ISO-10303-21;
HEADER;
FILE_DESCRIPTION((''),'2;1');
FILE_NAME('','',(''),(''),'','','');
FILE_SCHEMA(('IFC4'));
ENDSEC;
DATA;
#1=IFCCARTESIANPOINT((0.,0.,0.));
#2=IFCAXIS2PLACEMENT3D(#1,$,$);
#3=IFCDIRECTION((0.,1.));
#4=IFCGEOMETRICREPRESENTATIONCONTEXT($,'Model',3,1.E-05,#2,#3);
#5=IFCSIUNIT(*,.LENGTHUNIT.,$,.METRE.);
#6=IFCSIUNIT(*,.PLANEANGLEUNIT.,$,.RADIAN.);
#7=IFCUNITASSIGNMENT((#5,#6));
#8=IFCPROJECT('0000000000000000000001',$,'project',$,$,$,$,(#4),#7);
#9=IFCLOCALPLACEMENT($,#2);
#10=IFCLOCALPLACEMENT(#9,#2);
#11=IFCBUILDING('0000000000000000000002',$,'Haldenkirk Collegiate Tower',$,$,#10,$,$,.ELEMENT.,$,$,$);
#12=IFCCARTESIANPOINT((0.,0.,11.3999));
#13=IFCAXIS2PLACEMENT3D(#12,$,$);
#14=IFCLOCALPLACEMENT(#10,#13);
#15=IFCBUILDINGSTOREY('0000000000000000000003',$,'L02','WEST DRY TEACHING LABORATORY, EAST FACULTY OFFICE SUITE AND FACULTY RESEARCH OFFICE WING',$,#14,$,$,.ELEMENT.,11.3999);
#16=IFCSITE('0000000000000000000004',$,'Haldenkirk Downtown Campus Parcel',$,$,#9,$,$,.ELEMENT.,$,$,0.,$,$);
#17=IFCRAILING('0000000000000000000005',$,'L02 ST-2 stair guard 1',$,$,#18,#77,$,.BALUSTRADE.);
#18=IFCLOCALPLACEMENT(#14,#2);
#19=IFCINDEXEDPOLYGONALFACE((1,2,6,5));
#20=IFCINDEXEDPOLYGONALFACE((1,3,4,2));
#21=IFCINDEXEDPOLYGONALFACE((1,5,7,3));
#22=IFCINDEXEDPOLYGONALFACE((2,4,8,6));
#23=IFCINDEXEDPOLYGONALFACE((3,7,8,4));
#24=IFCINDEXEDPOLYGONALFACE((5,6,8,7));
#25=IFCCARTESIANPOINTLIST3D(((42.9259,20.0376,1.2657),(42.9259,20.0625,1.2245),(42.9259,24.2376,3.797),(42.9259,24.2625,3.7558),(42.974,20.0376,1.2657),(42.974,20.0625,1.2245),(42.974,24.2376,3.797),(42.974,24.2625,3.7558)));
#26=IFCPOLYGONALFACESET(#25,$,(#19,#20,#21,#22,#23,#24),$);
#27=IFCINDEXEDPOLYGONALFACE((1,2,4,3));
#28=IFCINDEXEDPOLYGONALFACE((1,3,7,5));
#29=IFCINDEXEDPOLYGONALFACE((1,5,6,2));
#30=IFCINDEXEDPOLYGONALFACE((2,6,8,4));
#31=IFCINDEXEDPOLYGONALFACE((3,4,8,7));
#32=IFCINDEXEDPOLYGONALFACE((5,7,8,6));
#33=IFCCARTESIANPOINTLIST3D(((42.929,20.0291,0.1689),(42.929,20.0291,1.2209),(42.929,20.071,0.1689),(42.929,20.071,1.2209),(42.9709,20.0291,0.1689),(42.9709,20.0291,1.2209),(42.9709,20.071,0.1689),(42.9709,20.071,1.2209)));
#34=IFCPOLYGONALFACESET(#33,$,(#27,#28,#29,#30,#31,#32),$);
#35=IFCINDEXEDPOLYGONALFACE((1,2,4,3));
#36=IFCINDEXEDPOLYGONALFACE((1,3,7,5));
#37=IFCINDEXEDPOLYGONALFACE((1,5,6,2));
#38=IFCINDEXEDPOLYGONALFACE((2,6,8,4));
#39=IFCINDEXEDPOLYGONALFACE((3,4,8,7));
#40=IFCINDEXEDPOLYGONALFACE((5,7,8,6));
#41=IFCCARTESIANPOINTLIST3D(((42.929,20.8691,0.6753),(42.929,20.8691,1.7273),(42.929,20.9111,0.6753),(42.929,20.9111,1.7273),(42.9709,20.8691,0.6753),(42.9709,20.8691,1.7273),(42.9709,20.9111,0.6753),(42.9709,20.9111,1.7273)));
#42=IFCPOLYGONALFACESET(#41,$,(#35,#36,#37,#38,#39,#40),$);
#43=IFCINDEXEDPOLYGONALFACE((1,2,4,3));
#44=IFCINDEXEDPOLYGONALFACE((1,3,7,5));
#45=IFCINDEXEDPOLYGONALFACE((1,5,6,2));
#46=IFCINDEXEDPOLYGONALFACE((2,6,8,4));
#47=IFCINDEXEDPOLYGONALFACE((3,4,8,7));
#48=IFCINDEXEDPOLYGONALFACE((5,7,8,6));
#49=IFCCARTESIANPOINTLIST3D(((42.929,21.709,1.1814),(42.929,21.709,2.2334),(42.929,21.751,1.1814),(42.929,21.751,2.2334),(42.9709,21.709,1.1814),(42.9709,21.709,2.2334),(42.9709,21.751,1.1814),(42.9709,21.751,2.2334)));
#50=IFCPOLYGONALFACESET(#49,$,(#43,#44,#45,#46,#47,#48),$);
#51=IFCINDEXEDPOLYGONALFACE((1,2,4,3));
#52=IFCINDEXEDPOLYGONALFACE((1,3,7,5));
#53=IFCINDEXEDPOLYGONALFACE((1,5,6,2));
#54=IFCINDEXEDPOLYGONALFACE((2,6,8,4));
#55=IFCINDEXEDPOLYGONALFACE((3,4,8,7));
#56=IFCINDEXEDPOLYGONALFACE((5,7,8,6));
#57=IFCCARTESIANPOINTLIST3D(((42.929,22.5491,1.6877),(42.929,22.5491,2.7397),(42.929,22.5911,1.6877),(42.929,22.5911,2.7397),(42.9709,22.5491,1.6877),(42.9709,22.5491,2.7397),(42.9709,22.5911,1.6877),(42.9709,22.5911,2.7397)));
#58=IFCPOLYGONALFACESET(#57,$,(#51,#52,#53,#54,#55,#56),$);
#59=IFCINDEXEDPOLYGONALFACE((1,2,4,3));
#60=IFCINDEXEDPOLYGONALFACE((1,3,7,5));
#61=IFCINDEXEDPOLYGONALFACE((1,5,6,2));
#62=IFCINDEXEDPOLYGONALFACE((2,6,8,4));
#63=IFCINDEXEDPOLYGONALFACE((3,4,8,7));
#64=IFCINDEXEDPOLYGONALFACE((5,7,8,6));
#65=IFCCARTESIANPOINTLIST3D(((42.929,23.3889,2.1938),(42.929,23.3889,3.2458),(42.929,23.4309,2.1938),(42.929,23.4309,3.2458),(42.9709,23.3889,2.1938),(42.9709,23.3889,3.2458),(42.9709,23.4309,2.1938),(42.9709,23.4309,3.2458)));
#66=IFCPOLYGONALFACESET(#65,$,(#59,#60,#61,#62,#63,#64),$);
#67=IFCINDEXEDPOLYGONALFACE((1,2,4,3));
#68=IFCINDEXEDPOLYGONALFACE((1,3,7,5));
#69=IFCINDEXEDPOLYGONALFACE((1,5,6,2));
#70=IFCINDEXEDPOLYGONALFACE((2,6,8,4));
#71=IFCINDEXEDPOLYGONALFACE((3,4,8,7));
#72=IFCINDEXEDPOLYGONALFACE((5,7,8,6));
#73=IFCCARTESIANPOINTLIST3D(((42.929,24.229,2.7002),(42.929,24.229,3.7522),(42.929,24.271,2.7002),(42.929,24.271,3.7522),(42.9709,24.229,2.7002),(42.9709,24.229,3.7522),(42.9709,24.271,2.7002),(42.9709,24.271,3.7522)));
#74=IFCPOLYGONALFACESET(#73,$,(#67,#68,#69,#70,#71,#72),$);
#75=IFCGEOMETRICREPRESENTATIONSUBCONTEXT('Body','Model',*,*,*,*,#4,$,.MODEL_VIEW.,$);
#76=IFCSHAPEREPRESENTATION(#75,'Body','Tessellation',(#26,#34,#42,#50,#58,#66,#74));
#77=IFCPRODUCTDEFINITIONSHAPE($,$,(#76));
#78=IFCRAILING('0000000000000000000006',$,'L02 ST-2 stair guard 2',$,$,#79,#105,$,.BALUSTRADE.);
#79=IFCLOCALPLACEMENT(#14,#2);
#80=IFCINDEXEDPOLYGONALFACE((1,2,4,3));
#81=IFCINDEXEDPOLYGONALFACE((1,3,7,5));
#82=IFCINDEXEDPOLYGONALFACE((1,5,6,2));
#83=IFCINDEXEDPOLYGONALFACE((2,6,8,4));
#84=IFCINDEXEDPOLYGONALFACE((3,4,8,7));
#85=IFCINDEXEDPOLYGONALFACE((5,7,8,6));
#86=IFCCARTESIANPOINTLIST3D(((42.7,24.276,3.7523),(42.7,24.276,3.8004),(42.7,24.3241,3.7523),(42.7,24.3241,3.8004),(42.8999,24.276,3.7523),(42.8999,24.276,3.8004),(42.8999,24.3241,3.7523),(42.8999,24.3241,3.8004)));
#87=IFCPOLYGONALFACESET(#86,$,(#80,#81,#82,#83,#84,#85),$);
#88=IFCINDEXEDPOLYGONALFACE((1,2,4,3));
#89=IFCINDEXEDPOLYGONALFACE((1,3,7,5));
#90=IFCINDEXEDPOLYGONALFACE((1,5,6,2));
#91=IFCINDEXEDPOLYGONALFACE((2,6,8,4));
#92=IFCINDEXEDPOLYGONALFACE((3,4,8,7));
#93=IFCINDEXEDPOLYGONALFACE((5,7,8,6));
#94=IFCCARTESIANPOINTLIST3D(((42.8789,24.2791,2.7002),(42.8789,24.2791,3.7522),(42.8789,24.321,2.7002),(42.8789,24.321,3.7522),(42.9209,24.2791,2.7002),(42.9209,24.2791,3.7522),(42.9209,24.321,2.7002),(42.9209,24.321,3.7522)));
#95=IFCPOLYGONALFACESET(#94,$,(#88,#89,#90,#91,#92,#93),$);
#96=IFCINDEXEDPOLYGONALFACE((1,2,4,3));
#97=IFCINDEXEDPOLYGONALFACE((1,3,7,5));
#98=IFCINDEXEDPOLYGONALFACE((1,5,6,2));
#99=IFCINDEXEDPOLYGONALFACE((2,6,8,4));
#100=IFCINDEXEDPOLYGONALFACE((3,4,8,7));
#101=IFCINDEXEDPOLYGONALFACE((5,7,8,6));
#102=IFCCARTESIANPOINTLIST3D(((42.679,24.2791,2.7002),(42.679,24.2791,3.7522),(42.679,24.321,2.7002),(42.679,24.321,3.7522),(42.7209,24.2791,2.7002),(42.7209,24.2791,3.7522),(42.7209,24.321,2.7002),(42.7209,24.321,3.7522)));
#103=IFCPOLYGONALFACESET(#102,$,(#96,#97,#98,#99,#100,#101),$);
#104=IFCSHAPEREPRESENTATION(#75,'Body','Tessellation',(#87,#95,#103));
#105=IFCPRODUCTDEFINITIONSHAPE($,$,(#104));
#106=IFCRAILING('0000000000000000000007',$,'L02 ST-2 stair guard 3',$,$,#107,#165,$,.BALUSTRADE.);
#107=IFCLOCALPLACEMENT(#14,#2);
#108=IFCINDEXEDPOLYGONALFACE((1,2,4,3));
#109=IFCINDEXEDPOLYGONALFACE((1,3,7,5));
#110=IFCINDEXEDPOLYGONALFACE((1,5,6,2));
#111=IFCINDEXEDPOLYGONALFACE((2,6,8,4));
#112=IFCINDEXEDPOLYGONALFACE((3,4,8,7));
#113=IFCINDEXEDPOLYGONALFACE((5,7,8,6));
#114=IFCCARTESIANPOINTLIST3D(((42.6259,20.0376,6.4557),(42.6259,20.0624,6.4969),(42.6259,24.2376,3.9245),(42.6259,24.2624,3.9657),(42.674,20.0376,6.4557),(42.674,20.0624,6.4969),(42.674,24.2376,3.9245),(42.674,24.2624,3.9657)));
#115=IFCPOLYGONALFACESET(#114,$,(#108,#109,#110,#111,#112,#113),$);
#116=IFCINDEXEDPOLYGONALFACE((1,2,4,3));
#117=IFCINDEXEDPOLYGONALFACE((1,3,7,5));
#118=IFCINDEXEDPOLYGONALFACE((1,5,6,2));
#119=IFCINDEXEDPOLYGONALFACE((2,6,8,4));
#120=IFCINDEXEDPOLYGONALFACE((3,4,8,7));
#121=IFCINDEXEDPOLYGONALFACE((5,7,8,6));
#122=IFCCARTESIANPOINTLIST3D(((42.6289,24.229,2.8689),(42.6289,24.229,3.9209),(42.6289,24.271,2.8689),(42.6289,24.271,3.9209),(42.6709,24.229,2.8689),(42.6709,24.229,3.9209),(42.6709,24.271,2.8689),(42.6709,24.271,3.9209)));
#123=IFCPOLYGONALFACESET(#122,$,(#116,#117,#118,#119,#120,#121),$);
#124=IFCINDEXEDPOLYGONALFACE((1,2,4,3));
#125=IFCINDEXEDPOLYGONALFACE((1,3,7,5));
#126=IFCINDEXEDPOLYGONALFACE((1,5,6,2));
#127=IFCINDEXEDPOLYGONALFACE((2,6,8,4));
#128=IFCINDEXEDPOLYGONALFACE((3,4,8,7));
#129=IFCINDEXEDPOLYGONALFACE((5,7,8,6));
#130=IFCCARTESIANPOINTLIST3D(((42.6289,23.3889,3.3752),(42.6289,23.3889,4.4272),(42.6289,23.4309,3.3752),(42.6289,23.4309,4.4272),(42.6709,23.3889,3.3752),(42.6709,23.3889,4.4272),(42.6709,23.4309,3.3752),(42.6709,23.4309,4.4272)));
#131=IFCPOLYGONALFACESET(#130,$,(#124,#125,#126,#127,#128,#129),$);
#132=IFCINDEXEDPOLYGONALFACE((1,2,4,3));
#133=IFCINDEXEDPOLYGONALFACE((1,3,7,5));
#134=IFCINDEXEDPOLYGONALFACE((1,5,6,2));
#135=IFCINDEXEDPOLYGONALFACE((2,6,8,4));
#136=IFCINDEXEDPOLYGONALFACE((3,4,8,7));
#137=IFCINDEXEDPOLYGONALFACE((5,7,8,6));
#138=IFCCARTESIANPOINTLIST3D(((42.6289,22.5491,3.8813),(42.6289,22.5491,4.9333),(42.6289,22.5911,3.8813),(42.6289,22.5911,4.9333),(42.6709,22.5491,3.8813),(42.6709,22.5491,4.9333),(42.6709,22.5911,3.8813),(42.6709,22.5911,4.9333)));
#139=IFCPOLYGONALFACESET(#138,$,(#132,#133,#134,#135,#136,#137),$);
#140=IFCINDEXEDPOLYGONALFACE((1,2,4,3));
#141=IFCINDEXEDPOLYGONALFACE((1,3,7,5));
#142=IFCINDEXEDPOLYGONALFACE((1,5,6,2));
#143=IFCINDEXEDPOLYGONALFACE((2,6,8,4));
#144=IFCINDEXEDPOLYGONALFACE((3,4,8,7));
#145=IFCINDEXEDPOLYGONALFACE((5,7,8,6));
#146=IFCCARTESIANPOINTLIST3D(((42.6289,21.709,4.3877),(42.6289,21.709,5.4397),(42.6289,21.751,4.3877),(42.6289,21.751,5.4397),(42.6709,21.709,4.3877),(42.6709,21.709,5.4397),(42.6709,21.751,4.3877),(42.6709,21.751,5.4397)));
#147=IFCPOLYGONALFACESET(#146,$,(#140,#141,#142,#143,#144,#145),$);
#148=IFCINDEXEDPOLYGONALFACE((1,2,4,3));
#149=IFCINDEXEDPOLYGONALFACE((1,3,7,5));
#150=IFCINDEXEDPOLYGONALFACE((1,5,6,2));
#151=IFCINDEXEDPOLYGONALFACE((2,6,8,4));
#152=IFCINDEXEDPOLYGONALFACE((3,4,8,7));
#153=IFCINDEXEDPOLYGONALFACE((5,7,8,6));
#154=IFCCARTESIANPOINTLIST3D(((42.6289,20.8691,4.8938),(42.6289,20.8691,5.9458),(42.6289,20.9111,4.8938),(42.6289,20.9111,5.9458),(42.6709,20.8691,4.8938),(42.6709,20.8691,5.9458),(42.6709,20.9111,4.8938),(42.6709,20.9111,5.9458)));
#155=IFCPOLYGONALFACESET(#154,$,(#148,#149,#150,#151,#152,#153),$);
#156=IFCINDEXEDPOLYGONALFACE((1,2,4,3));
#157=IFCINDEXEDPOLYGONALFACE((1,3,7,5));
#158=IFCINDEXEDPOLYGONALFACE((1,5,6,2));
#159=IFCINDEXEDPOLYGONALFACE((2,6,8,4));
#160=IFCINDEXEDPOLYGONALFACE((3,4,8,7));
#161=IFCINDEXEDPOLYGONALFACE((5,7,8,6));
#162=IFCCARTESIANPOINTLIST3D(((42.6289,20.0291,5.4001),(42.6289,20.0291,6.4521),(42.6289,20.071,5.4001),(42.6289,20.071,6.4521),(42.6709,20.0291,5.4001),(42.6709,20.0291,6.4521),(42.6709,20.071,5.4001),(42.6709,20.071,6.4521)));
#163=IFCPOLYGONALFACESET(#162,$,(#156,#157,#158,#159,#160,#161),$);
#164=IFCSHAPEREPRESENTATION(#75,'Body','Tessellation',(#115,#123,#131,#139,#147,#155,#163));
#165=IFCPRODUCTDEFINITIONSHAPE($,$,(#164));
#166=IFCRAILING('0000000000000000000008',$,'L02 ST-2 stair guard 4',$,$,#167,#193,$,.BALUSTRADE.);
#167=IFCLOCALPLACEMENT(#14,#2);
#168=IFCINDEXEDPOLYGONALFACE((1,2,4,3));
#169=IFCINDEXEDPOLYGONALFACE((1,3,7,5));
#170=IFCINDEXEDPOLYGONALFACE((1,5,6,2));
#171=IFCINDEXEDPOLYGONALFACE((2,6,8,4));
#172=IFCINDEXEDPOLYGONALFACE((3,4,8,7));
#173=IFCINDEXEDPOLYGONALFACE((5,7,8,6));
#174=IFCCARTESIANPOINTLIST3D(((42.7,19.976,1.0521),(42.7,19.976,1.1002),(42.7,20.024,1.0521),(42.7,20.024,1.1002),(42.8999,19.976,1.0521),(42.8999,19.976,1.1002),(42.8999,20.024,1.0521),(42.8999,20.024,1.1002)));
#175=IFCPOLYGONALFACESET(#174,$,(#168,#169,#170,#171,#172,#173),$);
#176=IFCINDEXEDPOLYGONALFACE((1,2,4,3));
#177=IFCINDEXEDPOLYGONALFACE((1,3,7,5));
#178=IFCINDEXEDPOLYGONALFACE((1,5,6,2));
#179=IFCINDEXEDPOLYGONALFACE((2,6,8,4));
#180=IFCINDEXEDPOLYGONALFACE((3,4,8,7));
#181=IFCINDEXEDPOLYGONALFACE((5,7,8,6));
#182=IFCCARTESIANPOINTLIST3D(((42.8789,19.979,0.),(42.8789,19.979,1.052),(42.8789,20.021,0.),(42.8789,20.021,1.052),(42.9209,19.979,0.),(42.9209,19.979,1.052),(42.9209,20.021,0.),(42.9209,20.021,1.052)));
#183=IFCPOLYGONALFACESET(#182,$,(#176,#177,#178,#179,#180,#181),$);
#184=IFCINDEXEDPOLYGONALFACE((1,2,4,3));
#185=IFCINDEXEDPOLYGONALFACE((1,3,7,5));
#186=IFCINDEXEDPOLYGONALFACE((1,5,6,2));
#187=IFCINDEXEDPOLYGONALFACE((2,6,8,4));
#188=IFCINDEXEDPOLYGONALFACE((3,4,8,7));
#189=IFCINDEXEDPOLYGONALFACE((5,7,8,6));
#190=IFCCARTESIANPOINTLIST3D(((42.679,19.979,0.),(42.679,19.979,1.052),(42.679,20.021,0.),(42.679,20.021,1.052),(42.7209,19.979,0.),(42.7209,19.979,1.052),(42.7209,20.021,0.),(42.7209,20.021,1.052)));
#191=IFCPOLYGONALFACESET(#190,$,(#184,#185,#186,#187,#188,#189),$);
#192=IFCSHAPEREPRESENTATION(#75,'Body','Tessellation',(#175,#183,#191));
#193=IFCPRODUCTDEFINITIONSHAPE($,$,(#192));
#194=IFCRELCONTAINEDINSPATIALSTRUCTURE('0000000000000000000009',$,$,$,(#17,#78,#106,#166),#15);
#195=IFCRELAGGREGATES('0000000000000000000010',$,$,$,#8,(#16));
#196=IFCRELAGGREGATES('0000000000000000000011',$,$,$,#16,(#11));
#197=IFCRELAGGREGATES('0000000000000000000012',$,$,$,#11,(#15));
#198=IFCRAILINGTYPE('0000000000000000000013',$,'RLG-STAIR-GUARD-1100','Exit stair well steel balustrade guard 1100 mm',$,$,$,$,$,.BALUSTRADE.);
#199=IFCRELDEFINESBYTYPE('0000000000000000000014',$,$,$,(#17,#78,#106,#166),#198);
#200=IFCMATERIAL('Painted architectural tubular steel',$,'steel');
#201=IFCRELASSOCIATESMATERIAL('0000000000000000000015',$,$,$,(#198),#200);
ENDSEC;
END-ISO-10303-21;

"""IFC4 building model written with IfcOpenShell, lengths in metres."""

from ifc_helpers import new_model, si_unit, direction, frame, origin, origin_2d, place, context, subcontext, project, spatial, rectangle, extrude, material, type_object, element, save


model = new_model("IFC4")

# Units and contexts
model_context = context("Model", 3, precision=1e-05, world=origin(), true_north=direction((0.0, 1.0)))
body_context = subcontext(model_context, "Body", "Model", "MODEL_VIEW")
ifc_project = project(units=[si_unit("LENGTHUNIT", "METRE"), si_unit("PLANEANGLEUNIT", "RADIAN")], contexts=[model_context])

# Site, building, storey
site_placement = place(None, origin())
site = spatial("IfcSite", under=ifc_project, at=site_placement, Name="Haldenkirk Downtown Campus Parcel", CompositionType="ELEMENT", RefElevation=0.0)
building_placement = place(site_placement, origin())
building = spatial("IfcBuilding", under=site, at=building_placement, Name="Haldenkirk Collegiate Tower", CompositionType="ELEMENT")
storey_placement = place(building_placement, frame((0.0, 0.0, 11.3999)))
storey = spatial("IfcBuildingStorey", under=building, at=storey_placement, Name="L02", Description="WEST DRY TEACHING LABORATORY, EAST FACULTY OFFICE SUITE AND FACULTY RESEARCH OFFICE WING", CompositionType="ELEMENT", Elevation=11.3999)

# Railings
ifc_material_1 = material(Name="Painted architectural tubular steel", Category="steel")
railing_type_1 = type_object("IfcRailingType", Name="RLG-STAIR-GUARD-1100", Description="Exit stair well steel balustrade guard 1100 mm", PredefinedType="BALUSTRADE", material=ifc_material_1)
railing_1_placement = place(storey_placement, frame((42.95, 20.05, 0.1689)))
element("IfcRailing", 1, at=railing_1_placement, inside=storey, type_object=railing_type_1, Name="L02 ST-2 stair guard 1", PredefinedType="BALUSTRADE", context=body_context, shape_type="SweptSolid", body=[
    extrude(rectangle(XDim=0.0481, YDim=0.0481, at=origin_2d()), frame((0.0, 0.0, 1.0762), z_axis=(0.0, 0.856476, 0.516186), x_axis=(-1.0, 0.0, 0.0)), (0.0, 0.0, 1.0), 4.9038),
    extrude(rectangle(XDim=0.042, YDim=0.042, at=origin_2d()), origin(), (0.0, 0.0, 1.0), 1.052),
    extrude(rectangle(XDim=0.042, YDim=0.042, at=origin_2d()), frame((0.0, 0.8401, 0.5063)), (0.0, 0.0, 1.0), 1.052),
    extrude(rectangle(XDim=0.042, YDim=0.042, at=origin_2d()), frame((0.0, 1.6799, 1.0125)), (0.0, 0.0, 1.0), 1.052),
    extrude(rectangle(XDim=0.042, YDim=0.042, at=origin_2d()), frame((0.0, 2.52, 1.5188)), (0.0, 0.0, 1.0), 1.052),
    extrude(rectangle(XDim=0.042, YDim=0.042, at=origin_2d()), frame((0.0, 3.3599, 2.0249)), (0.0, 0.0, 1.0), 1.052),
    extrude(rectangle(XDim=0.042, YDim=0.042, at=origin_2d()), frame((0.0, 4.2, 2.5312)), (0.0, 0.0, 1.0), 1.052),
])
railing_2_placement = place(storey_placement, frame((42.8999, 24.3, 2.7002)))
element("IfcRailing", 2, at=railing_2_placement, inside=storey, type_object=railing_type_1, Name="L02 ST-2 stair guard 2", PredefinedType="BALUSTRADE", context=body_context, shape_type="SweptSolid", body=[
    extrude(rectangle(XDim=0.0481, YDim=0.0481, at=origin_2d()), frame((0.0, 0.0, 1.0762), z_axis=(-1.0, 0.0, 0.0), x_axis=(0.0, -1.0, 0.0)), (0.0, 0.0, 1.0), 0.2),
    extrude(rectangle(XDim=0.042, YDim=0.042, at=origin_2d()), origin(), (0.0, 0.0, 1.0), 1.052),
    extrude(rectangle(XDim=0.042, YDim=0.042, at=origin_2d()), frame((-0.2, 0.0, 0.0)), (0.0, 0.0, 1.0), 1.052),
])
railing_3_placement = place(storey_placement, frame((42.6499, 24.25, 2.8689)))
element("IfcRailing", 3, at=railing_3_placement, inside=storey, type_object=railing_type_1, Name="L02 ST-2 stair guard 3", PredefinedType="BALUSTRADE", context=body_context, shape_type="SweptSolid", body=[
    extrude(rectangle(XDim=0.0481, YDim=0.0481, at=origin_2d()), frame((0.0, 0.0, 1.0762), z_axis=(0.0, -0.856476, 0.516186), x_axis=(1.0, 0.0, 0.0)), (0.0, 0.0, 1.0), 4.9038),
    extrude(rectangle(XDim=0.042, YDim=0.042, at=origin_2d()), origin(), (0.0, 0.0, 1.0), 1.052),
    extrude(rectangle(XDim=0.042, YDim=0.042, at=origin_2d()), frame((0.0, -0.8401, 0.5063)), (0.0, 0.0, 1.0), 1.052),
    extrude(rectangle(XDim=0.042, YDim=0.042, at=origin_2d()), frame((0.0, -1.6799, 1.0125)), (0.0, 0.0, 1.0), 1.052),
    extrude(rectangle(XDim=0.042, YDim=0.042, at=origin_2d()), frame((0.0, -2.52, 1.5188)), (0.0, 0.0, 1.0), 1.052),
    extrude(rectangle(XDim=0.042, YDim=0.042, at=origin_2d()), frame((0.0, -3.3599, 2.0249)), (0.0, 0.0, 1.0), 1.052),
    extrude(rectangle(XDim=0.042, YDim=0.042, at=origin_2d()), frame((0.0, -4.2, 2.5312)), (0.0, 0.0, 1.0), 1.052),
])
railing_4_placement = place(storey_placement, frame((42.8999, 20.0, 0.0)))
element("IfcRailing", 4, at=railing_4_placement, inside=storey, type_object=railing_type_1, Name="L02 ST-2 stair guard 4", PredefinedType="BALUSTRADE", context=body_context, shape_type="SweptSolid", body=[
    extrude(rectangle(XDim=0.0481, YDim=0.0481, at=origin_2d()), frame((0.0, 0.0, 1.0762), z_axis=(-1.0, 0.0, 0.0), x_axis=(0.0, -1.0, 0.0)), (0.0, 0.0, 1.0), 0.2),
    extrude(rectangle(XDim=0.042, YDim=0.042, at=origin_2d()), origin(), (0.0, 0.0, 1.0), 1.052),
    extrude(rectangle(XDim=0.042, YDim=0.042, at=origin_2d()), frame((-0.2, 0.0, 0.0)), (0.0, 0.0, 1.0), 1.052),
])

save(model, "model.ifc")
